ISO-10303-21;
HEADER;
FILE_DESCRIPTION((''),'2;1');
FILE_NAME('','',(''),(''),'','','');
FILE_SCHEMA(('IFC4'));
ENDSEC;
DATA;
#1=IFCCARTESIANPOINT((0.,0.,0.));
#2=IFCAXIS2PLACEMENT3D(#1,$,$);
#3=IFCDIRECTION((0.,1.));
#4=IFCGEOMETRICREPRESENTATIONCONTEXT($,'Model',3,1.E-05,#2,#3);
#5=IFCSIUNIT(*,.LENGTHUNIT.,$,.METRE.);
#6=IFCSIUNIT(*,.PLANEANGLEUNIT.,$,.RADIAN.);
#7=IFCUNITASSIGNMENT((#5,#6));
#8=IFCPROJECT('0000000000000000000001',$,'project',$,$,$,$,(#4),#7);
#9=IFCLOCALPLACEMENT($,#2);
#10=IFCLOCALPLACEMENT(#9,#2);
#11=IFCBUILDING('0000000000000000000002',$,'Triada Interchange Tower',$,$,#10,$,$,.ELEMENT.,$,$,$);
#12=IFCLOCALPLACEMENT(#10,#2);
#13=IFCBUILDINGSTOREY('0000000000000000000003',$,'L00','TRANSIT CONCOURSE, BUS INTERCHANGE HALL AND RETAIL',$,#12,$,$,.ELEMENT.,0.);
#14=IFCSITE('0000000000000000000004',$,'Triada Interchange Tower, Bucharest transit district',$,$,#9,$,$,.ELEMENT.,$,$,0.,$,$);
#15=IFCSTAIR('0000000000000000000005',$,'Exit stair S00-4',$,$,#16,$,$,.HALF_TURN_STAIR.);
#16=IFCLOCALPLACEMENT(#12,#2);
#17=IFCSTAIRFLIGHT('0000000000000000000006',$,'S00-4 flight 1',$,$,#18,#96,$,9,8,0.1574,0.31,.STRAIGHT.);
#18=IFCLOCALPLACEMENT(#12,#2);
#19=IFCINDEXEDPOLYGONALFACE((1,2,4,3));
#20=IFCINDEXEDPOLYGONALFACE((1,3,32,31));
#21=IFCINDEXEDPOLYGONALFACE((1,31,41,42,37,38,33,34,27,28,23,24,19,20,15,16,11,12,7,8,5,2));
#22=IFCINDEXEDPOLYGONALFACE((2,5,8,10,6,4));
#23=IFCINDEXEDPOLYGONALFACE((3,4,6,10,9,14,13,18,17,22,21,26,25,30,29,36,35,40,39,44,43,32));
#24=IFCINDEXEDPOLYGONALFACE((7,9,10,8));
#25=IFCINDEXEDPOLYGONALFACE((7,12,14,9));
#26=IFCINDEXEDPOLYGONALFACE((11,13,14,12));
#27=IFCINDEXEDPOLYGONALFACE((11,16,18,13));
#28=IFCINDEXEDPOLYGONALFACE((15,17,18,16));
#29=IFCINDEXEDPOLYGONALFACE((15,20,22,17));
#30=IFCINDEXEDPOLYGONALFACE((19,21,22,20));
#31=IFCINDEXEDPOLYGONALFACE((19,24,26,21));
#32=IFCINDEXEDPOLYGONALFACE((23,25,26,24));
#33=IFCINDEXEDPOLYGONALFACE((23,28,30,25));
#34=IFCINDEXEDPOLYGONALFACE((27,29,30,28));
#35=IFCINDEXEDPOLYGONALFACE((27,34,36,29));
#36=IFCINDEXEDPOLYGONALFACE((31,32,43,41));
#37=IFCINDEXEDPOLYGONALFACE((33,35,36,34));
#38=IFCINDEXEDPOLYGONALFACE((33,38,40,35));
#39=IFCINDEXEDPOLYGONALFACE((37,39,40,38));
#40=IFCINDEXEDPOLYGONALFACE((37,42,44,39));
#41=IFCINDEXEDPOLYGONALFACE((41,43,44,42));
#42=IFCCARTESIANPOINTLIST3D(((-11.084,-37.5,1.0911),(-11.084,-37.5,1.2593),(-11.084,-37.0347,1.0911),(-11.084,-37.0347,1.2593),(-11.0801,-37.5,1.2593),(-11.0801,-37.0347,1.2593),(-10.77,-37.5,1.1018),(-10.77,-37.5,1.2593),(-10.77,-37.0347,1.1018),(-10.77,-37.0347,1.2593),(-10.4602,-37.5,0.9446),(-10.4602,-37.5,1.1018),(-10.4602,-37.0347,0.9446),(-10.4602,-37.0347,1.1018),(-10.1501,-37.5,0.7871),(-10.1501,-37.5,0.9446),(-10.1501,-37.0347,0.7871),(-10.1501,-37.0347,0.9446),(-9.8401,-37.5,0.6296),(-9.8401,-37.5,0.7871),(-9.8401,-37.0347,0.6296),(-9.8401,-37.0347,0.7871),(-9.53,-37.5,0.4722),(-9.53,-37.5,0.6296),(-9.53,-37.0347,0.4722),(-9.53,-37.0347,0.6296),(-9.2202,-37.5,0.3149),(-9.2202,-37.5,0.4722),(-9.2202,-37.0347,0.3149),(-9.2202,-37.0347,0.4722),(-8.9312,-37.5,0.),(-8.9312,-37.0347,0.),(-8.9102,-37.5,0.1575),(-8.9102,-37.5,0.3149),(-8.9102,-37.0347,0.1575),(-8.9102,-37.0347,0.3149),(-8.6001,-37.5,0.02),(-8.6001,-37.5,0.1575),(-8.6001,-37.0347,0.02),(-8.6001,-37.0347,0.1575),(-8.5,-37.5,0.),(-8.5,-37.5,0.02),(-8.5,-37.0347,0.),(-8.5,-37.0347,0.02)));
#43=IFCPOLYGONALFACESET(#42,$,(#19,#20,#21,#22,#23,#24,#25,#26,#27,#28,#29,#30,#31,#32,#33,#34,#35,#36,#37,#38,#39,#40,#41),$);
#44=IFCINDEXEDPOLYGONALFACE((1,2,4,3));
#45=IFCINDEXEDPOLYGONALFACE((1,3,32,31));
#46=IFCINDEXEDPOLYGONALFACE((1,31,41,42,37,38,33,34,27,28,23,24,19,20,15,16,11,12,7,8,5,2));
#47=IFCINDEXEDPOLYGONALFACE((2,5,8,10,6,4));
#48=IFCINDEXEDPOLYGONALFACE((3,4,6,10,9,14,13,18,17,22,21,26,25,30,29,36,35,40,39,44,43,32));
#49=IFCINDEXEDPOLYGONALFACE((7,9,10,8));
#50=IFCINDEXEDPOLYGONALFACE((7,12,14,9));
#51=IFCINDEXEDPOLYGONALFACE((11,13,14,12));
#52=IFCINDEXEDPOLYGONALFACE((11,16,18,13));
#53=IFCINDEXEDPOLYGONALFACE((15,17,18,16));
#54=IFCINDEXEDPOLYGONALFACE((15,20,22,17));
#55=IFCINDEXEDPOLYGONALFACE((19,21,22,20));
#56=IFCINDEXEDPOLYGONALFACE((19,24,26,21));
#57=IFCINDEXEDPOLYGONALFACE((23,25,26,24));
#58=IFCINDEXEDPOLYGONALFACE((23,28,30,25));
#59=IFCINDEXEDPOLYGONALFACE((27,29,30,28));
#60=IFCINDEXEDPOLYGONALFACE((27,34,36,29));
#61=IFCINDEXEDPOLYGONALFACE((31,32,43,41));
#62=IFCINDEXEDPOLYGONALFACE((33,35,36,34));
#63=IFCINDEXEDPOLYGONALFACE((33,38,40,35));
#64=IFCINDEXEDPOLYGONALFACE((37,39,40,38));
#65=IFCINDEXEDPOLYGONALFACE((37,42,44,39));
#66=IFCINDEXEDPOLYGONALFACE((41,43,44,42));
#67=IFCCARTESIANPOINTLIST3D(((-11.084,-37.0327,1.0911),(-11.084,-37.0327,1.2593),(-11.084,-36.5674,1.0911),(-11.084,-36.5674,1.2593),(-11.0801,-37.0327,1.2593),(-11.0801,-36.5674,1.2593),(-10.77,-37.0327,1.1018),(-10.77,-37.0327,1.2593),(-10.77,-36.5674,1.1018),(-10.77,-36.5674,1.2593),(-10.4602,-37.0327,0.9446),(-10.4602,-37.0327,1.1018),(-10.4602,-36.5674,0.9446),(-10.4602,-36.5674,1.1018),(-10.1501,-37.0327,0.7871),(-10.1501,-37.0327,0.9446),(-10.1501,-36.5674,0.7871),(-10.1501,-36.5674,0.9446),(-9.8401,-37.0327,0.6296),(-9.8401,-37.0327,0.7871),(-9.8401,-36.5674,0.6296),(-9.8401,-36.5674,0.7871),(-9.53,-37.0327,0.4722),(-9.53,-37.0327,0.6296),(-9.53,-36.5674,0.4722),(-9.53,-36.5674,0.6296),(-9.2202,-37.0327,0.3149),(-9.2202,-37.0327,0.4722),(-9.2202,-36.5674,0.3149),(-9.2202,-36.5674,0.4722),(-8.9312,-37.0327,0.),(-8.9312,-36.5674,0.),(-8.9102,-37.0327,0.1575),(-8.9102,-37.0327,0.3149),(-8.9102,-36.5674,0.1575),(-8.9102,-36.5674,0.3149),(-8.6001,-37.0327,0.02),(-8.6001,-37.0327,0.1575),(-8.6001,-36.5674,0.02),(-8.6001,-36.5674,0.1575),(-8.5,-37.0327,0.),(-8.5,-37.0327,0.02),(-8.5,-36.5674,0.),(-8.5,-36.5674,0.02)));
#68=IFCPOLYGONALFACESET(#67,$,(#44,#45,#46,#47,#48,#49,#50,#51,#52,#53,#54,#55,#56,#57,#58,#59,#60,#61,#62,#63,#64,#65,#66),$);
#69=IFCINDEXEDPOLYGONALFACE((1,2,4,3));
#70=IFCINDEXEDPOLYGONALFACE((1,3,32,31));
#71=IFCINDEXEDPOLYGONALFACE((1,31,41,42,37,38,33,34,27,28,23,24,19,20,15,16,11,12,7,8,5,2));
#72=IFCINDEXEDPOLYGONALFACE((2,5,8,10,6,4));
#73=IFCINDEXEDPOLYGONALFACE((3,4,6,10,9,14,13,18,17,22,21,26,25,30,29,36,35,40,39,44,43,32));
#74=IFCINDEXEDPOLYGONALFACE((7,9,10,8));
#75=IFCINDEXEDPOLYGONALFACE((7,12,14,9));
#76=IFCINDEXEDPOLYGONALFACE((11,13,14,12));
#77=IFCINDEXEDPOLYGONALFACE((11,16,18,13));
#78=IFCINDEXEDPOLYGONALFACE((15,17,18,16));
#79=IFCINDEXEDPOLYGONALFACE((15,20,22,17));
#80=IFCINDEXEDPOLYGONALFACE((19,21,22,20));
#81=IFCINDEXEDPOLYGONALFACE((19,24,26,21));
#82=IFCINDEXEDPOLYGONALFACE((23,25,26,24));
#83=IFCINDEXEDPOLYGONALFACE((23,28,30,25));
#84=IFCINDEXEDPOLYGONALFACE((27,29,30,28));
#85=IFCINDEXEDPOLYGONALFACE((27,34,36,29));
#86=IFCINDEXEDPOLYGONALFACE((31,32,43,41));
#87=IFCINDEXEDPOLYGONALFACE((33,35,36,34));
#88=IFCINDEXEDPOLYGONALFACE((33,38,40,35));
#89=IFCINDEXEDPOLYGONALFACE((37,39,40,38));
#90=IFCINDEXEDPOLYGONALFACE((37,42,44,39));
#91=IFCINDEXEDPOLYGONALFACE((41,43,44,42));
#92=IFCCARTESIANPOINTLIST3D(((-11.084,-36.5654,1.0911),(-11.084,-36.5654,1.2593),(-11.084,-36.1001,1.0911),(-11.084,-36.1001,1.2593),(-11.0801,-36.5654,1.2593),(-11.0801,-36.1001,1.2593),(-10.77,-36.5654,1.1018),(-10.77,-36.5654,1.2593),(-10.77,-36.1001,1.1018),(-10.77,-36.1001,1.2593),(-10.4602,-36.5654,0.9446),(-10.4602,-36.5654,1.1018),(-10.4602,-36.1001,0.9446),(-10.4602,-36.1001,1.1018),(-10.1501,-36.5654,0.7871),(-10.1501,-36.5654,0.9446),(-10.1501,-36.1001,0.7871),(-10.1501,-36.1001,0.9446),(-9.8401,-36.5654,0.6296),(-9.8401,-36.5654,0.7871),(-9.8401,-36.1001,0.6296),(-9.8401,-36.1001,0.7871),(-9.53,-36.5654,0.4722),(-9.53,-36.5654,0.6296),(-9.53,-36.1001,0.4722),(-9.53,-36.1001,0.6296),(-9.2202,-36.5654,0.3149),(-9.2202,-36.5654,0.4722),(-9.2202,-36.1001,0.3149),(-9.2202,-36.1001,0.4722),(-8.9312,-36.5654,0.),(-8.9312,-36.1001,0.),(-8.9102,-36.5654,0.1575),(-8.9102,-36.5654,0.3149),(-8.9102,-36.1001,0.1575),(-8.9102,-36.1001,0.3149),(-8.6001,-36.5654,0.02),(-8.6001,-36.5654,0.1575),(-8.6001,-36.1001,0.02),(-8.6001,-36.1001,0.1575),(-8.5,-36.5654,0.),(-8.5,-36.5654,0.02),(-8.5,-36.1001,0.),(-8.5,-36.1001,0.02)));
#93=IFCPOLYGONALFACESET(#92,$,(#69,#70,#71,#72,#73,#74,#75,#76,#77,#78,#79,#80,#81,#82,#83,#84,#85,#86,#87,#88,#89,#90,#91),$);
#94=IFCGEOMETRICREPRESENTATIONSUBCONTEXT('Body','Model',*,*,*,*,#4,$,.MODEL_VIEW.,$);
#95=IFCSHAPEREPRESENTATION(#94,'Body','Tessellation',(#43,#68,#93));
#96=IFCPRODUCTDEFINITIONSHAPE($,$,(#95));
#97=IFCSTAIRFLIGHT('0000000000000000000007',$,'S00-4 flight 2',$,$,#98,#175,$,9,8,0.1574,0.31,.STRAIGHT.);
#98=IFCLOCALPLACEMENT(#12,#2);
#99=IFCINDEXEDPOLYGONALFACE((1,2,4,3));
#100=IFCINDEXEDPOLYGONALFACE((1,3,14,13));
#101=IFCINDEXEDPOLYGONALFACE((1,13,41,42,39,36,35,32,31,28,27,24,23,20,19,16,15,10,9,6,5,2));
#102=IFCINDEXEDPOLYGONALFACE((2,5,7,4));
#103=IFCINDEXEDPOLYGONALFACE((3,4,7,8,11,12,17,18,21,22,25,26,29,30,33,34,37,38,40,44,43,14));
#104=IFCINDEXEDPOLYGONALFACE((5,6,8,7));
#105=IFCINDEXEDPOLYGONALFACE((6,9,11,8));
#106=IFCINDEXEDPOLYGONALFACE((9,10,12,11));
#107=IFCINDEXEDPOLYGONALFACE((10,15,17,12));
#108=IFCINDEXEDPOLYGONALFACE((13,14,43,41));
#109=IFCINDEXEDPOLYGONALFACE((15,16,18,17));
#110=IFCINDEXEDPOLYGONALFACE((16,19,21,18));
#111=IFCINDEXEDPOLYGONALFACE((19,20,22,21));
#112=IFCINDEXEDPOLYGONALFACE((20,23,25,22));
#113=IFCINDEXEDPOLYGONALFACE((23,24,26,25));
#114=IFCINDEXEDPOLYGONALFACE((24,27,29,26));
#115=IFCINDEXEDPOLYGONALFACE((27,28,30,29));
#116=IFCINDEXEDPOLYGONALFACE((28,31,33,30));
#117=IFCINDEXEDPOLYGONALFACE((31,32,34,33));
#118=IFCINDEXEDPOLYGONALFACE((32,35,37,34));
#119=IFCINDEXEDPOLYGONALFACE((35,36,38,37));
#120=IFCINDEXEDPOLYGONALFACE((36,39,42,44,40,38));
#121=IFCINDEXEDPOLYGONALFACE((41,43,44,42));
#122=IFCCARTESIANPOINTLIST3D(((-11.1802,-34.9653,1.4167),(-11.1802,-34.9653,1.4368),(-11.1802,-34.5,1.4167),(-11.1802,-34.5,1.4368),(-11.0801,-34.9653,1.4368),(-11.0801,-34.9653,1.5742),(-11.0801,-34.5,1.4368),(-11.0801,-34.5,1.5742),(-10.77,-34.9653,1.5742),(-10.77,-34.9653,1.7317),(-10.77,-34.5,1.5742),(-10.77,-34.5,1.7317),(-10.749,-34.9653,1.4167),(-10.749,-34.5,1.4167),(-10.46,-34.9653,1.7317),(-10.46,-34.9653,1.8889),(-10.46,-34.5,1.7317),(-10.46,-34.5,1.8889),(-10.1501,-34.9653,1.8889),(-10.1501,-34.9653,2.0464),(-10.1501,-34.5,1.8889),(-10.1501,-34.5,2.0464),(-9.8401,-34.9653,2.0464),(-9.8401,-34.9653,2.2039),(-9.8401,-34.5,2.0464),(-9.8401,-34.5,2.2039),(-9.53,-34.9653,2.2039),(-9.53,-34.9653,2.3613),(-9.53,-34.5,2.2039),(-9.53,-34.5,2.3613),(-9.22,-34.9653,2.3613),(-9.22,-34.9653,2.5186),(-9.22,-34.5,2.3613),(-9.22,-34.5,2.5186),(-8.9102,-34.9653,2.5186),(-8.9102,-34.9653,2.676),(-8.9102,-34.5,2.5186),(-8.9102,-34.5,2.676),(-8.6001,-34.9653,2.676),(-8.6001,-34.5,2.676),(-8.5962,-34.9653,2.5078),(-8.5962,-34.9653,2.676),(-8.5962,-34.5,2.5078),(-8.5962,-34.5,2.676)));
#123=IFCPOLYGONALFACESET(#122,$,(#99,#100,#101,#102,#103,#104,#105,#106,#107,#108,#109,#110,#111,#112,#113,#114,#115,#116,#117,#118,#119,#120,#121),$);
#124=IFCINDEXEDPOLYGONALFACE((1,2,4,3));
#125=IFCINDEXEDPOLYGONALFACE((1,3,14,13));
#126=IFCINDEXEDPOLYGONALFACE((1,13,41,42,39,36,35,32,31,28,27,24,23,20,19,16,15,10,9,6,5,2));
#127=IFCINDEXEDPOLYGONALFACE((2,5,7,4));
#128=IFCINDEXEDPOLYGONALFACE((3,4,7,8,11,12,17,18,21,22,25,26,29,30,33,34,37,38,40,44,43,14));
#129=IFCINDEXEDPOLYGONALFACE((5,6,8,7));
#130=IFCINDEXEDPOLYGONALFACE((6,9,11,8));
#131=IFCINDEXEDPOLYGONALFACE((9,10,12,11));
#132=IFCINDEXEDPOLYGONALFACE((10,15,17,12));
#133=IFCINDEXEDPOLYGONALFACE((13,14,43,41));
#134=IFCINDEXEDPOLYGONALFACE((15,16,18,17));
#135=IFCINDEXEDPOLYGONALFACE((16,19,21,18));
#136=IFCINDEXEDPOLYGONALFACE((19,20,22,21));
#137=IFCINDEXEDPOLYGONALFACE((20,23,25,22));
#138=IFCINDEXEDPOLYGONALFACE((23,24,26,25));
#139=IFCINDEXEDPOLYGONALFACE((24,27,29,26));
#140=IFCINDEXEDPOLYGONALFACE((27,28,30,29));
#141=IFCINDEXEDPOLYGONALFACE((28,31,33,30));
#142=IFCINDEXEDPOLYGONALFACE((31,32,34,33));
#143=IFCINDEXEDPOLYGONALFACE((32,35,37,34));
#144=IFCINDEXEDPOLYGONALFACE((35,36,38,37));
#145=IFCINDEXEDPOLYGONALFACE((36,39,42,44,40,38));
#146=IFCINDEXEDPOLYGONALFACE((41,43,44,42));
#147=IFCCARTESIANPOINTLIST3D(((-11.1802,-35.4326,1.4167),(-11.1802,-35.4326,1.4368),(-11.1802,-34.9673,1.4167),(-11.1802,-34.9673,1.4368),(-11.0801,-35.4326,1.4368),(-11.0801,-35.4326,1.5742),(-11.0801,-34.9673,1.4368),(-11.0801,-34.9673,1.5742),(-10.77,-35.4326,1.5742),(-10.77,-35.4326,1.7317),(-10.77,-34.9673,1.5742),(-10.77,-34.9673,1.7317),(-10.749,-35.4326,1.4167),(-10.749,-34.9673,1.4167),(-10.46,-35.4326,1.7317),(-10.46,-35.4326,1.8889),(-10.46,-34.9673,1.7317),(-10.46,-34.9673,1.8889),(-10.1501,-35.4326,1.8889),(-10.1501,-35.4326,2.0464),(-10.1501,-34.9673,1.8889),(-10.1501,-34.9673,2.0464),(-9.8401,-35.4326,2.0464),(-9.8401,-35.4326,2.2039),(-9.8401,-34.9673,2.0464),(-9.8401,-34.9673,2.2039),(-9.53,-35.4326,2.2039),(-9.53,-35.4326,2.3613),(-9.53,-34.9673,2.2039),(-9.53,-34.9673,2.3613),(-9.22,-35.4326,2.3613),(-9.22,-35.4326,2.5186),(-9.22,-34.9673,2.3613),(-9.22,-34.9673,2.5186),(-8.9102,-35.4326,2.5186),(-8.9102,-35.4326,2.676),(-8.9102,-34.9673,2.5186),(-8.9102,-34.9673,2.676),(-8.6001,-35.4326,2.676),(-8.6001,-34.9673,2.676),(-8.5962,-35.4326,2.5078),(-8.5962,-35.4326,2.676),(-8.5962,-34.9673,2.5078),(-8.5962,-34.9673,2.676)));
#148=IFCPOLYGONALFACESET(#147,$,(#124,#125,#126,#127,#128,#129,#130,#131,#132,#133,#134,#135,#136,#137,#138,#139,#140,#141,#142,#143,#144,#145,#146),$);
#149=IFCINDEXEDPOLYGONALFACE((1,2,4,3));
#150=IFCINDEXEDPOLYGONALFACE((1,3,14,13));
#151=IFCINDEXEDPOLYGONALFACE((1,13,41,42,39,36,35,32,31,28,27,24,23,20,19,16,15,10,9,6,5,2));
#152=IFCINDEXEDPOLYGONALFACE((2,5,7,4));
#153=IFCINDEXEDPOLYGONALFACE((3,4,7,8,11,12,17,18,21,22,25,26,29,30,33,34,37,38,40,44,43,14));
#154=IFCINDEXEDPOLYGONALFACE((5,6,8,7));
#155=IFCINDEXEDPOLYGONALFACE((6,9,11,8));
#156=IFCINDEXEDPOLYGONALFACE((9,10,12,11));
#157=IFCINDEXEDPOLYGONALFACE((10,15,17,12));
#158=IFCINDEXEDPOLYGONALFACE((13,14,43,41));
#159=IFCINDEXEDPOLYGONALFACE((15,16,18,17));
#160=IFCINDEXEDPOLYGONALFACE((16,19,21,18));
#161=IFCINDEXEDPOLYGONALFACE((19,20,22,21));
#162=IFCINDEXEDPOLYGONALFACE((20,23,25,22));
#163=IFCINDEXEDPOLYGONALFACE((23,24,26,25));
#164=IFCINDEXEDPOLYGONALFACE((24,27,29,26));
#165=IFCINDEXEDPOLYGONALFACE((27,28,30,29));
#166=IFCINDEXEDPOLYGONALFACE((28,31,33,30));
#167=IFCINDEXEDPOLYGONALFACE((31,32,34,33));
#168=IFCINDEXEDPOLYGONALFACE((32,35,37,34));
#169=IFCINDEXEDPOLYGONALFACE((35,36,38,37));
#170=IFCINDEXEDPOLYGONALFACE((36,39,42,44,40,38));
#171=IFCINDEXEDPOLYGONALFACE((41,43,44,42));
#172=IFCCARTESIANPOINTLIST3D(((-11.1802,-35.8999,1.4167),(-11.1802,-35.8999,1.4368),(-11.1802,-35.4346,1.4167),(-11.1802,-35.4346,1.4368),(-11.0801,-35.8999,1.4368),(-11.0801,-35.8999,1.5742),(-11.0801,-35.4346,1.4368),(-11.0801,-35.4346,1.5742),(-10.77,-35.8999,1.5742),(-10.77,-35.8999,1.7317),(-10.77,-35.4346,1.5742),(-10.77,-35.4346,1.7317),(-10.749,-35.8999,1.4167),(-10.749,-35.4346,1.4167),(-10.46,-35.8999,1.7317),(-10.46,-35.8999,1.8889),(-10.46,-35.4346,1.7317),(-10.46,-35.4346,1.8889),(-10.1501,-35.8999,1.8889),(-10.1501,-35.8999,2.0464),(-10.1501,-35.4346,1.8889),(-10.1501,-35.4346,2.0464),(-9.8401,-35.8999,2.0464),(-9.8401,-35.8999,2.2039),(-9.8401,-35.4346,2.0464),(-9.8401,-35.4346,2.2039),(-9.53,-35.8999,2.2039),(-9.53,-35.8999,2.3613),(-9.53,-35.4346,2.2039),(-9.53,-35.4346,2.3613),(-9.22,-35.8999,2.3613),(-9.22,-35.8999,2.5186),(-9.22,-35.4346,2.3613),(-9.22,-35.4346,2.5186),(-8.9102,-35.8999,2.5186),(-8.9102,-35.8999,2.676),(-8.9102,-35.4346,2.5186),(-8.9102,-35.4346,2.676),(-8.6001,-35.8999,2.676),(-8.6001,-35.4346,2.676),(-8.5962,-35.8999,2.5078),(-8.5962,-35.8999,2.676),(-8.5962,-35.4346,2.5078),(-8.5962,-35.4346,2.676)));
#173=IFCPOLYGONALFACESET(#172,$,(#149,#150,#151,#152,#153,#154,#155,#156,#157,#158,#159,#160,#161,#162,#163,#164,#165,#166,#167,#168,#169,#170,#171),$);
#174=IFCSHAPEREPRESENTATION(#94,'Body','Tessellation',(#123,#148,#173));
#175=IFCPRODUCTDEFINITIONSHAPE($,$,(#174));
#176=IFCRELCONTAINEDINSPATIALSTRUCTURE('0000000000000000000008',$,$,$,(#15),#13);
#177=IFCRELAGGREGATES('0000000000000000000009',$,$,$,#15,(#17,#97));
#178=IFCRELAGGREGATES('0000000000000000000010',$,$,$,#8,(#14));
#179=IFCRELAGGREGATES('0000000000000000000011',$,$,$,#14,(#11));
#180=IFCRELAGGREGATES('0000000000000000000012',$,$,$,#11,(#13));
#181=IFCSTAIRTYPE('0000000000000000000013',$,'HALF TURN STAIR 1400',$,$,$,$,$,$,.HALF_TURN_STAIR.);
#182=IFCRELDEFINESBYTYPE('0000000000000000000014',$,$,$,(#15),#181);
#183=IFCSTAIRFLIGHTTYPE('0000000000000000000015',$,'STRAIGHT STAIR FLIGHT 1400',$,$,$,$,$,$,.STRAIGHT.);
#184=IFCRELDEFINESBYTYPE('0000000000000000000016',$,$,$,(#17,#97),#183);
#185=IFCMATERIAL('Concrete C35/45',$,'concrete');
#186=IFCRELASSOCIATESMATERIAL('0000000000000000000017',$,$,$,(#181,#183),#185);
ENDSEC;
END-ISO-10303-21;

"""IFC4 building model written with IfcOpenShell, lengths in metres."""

from ifc_helpers import new_model, si_unit, direction, frame, origin, place, context, subcontext, project, spatial, polyline, outline, extrude, material, type_object, element, aggregate, save


model = new_model("IFC4")

# Units and contexts
model_context = context("Model", 3, precision=1e-05, world=origin(), true_north=direction((0.0, 1.0)))
body_context = subcontext(model_context, "Body", "Model", "MODEL_VIEW")
ifc_project = project(units=[si_unit("LENGTHUNIT", "METRE"), si_unit("PLANEANGLEUNIT", "RADIAN")], contexts=[model_context])

# Site, building, storey
site_placement = place(None, origin())
site = spatial("IfcSite", under=ifc_project, at=site_placement, Name="Triada Interchange Tower, Bucharest transit district", CompositionType="ELEMENT", RefElevation=0.0)
building_placement = place(site_placement, origin())
building = spatial("IfcBuilding", under=site, at=building_placement, Name="Triada Interchange Tower", CompositionType="ELEMENT")
storey_placement = place(building_placement, origin())
storey = spatial("IfcBuildingStorey", under=building, at=storey_placement, Name="L00", Description="TRANSIT CONCOURSE, BUS INTERCHANGE HALL AND RETAIL", CompositionType="ELEMENT", Elevation=0.0)

# Shared definitions
ifc_material_1 = material(Name="Concrete C35/45", Category="concrete")

# Stair, stair flights
stair_type = type_object("IfcStairType", Name="HALF TURN STAIR 1400", PredefinedType="HALF_TURN_STAIR", material=ifc_material_1)
stair_1_placement = place(storey_placement, origin())
stair_1 = element("IfcStair", 1, at=stair_1_placement, inside=storey, type_object=stair_type, Name="Exit stair S00-4", PredefinedType="HALF_TURN_STAIR")
stair_flight_type = type_object("IfcStairFlightType", Name="STRAIGHT STAIR FLIGHT 1400", PredefinedType="STRAIGHT", material=ifc_material_1)
stair_flight_1_placement = place(storey_placement, frame((-8.6001, -36.8, 0.0), z_axis=(0.0, 0.0, 1.0), x_axis=(-1.0, 0.0, 0.0)))
stair_flight_1 = element("IfcStairFlight", 2, at=stair_flight_1_placement, type_object=stair_flight_type, Name="S00-4 flight 1", NumberOfRisers=9, NumberOfTreads=8, PredefinedType="STRAIGHT", RiserHeight=0.1574, TreadLength=0.31, context=body_context, shape_type="SweptSolid", body=[
    extrude(outline(polyline([(-0.1001, 0.0), (-0.1001, 0.02), (0.0, 0.02), (0.0, 0.1575), (0.3101, 0.1575), (0.3101, 0.3149), (0.6201, 0.3149), (0.6201, 0.4722), (0.9299, 0.4722), (0.9299, 0.6296), (1.24, 0.6296), (1.24, 0.7871), (1.55, 0.7871), (1.55, 0.9446), (1.8601, 0.9446), (1.8601, 1.1018), (2.1699, 1.1018), (2.1699, 1.2593), (2.48, 1.2593), (2.4839, 1.2593), (2.4839, 1.4167), (2.4839, 1.0911), (0.3311, 0.0), (-0.1001, 0.0)])), frame((0.0, 0.7, 0.0), z_axis=(0.0, -1.0, 0.0), x_axis=(1.0, 0.0, 0.0)), (0.0, 0.0, 1.0), 0.4653),
    extrude(outline(polyline([(-0.1001, 0.0), (-0.1001, 0.02), (0.0, 0.02), (0.0, 0.1575), (0.3101, 0.1575), (0.3101, 0.3149), (0.6201, 0.3149), (0.6201, 0.4722), (0.9299, 0.4722), (0.9299, 0.6296), (1.24, 0.6296), (1.24, 0.7871), (1.55, 0.7871), (1.55, 0.9446), (1.8601, 0.9446), (1.8601, 1.1018), (2.1699, 1.1018), (2.1699, 1.2593), (2.48, 1.2593), (2.4839, 1.2593), (2.4839, 1.4167), (2.4839, 1.0911), (0.3311, 0.0), (-0.1001, 0.0)])), frame((0.0, 0.2327, 0.0), z_axis=(0.0, -1.0, 0.0), x_axis=(1.0, 0.0, 0.0)), (0.0, 0.0, 1.0), 0.4653),
    extrude(outline(polyline([(-0.1001, 0.0), (-0.1001, 0.02), (0.0, 0.02), (0.0, 0.1575), (0.3101, 0.1575), (0.3101, 0.3149), (0.6201, 0.3149), (0.6201, 0.4722), (0.9299, 0.4722), (0.9299, 0.6296), (1.24, 0.6296), (1.24, 0.7871), (1.55, 0.7871), (1.55, 0.9446), (1.8601, 0.9446), (1.8601, 1.1018), (2.1699, 1.1018), (2.1699, 1.2593), (2.48, 1.2593), (2.4839, 1.2593), (2.4839, 1.4167), (2.4839, 1.0911), (0.3311, 0.0), (-0.1001, 0.0)])), frame((0.0, -0.2346, 0.0), z_axis=(0.0, -1.0, 0.0), x_axis=(1.0, 0.0, 0.0)), (0.0, 0.0, 1.0), 0.4653),
])
stair_flight_2_placement = place(storey_placement, frame((-11.0801, -35.2, 1.4167), z_axis=(0.0, 0.0, 1.0), x_axis=(1.0, 0.0, 0.0)))
stair_flight_2 = element("IfcStairFlight", 3, at=stair_flight_2_placement, type_object=stair_flight_type, Name="S00-4 flight 2", NumberOfRisers=9, NumberOfTreads=8, PredefinedType="STRAIGHT", RiserHeight=0.1574, TreadLength=0.31, context=body_context, shape_type="SweptSolid", body=[
    extrude(outline(polyline([(-0.1001, 0.0), (-0.1001, 0.02), (0.0, 0.02), (0.0, 0.1575), (0.3101, 0.1575), (0.3101, 0.3149), (0.6201, 0.3149), (0.6201, 0.4722), (0.9299, 0.4722), (0.9299, 0.6296), (1.24, 0.6296), (1.24, 0.7871), (1.55, 0.7871), (1.55, 0.9446), (1.8601, 0.9446), (1.8601, 1.1018), (2.1699, 1.1018), (2.1699, 1.2593), (2.48, 1.2593), (2.4839, 1.2593), (2.4839, 1.4167), (2.4839, 1.0911), (0.3311, 0.0), (-0.1001, 0.0)])), frame((0.0, 0.7, 0.0), z_axis=(0.0, -1.0, 0.0), x_axis=(1.0, 0.0, 0.0)), (0.0, 0.0, 1.0), 0.4653),
    extrude(outline(polyline([(-0.1001, 0.0), (-0.1001, 0.02), (0.0, 0.02), (0.0, 0.1575), (0.3101, 0.1575), (0.3101, 0.3149), (0.6201, 0.3149), (0.6201, 0.4722), (0.9299, 0.4722), (0.9299, 0.6296), (1.24, 0.6296), (1.24, 0.7871), (1.55, 0.7871), (1.55, 0.9446), (1.8601, 0.9446), (1.8601, 1.1018), (2.1699, 1.1018), (2.1699, 1.2593), (2.48, 1.2593), (2.4839, 1.2593), (2.4839, 1.4167), (2.4839, 1.0911), (0.3311, 0.0), (-0.1001, 0.0)])), frame((0.0, 0.2327, 0.0), z_axis=(0.0, -1.0, 0.0), x_axis=(1.0, 0.0, 0.0)), (0.0, 0.0, 1.0), 0.4653),
    extrude(outline(polyline([(-0.1001, 0.0), (-0.1001, 0.02), (0.0, 0.02), (0.0, 0.1575), (0.3101, 0.1575), (0.3101, 0.3149), (0.6201, 0.3149), (0.6201, 0.4722), (0.9299, 0.4722), (0.9299, 0.6296), (1.24, 0.6296), (1.24, 0.7871), (1.55, 0.7871), (1.55, 0.9446), (1.8601, 0.9446), (1.8601, 1.1018), (2.1699, 1.1018), (2.1699, 1.2593), (2.48, 1.2593), (2.4839, 1.2593), (2.4839, 1.4167), (2.4839, 1.0911), (0.3311, 0.0), (-0.1001, 0.0)])), frame((0.0, -0.2346, 0.0), z_axis=(0.0, -1.0, 0.0), x_axis=(1.0, 0.0, 0.0)), (0.0, 0.0, 1.0), 0.4653),
])

aggregate(stair_1, [stair_flight_1, stair_flight_2])

save(model, "model.ifc")
